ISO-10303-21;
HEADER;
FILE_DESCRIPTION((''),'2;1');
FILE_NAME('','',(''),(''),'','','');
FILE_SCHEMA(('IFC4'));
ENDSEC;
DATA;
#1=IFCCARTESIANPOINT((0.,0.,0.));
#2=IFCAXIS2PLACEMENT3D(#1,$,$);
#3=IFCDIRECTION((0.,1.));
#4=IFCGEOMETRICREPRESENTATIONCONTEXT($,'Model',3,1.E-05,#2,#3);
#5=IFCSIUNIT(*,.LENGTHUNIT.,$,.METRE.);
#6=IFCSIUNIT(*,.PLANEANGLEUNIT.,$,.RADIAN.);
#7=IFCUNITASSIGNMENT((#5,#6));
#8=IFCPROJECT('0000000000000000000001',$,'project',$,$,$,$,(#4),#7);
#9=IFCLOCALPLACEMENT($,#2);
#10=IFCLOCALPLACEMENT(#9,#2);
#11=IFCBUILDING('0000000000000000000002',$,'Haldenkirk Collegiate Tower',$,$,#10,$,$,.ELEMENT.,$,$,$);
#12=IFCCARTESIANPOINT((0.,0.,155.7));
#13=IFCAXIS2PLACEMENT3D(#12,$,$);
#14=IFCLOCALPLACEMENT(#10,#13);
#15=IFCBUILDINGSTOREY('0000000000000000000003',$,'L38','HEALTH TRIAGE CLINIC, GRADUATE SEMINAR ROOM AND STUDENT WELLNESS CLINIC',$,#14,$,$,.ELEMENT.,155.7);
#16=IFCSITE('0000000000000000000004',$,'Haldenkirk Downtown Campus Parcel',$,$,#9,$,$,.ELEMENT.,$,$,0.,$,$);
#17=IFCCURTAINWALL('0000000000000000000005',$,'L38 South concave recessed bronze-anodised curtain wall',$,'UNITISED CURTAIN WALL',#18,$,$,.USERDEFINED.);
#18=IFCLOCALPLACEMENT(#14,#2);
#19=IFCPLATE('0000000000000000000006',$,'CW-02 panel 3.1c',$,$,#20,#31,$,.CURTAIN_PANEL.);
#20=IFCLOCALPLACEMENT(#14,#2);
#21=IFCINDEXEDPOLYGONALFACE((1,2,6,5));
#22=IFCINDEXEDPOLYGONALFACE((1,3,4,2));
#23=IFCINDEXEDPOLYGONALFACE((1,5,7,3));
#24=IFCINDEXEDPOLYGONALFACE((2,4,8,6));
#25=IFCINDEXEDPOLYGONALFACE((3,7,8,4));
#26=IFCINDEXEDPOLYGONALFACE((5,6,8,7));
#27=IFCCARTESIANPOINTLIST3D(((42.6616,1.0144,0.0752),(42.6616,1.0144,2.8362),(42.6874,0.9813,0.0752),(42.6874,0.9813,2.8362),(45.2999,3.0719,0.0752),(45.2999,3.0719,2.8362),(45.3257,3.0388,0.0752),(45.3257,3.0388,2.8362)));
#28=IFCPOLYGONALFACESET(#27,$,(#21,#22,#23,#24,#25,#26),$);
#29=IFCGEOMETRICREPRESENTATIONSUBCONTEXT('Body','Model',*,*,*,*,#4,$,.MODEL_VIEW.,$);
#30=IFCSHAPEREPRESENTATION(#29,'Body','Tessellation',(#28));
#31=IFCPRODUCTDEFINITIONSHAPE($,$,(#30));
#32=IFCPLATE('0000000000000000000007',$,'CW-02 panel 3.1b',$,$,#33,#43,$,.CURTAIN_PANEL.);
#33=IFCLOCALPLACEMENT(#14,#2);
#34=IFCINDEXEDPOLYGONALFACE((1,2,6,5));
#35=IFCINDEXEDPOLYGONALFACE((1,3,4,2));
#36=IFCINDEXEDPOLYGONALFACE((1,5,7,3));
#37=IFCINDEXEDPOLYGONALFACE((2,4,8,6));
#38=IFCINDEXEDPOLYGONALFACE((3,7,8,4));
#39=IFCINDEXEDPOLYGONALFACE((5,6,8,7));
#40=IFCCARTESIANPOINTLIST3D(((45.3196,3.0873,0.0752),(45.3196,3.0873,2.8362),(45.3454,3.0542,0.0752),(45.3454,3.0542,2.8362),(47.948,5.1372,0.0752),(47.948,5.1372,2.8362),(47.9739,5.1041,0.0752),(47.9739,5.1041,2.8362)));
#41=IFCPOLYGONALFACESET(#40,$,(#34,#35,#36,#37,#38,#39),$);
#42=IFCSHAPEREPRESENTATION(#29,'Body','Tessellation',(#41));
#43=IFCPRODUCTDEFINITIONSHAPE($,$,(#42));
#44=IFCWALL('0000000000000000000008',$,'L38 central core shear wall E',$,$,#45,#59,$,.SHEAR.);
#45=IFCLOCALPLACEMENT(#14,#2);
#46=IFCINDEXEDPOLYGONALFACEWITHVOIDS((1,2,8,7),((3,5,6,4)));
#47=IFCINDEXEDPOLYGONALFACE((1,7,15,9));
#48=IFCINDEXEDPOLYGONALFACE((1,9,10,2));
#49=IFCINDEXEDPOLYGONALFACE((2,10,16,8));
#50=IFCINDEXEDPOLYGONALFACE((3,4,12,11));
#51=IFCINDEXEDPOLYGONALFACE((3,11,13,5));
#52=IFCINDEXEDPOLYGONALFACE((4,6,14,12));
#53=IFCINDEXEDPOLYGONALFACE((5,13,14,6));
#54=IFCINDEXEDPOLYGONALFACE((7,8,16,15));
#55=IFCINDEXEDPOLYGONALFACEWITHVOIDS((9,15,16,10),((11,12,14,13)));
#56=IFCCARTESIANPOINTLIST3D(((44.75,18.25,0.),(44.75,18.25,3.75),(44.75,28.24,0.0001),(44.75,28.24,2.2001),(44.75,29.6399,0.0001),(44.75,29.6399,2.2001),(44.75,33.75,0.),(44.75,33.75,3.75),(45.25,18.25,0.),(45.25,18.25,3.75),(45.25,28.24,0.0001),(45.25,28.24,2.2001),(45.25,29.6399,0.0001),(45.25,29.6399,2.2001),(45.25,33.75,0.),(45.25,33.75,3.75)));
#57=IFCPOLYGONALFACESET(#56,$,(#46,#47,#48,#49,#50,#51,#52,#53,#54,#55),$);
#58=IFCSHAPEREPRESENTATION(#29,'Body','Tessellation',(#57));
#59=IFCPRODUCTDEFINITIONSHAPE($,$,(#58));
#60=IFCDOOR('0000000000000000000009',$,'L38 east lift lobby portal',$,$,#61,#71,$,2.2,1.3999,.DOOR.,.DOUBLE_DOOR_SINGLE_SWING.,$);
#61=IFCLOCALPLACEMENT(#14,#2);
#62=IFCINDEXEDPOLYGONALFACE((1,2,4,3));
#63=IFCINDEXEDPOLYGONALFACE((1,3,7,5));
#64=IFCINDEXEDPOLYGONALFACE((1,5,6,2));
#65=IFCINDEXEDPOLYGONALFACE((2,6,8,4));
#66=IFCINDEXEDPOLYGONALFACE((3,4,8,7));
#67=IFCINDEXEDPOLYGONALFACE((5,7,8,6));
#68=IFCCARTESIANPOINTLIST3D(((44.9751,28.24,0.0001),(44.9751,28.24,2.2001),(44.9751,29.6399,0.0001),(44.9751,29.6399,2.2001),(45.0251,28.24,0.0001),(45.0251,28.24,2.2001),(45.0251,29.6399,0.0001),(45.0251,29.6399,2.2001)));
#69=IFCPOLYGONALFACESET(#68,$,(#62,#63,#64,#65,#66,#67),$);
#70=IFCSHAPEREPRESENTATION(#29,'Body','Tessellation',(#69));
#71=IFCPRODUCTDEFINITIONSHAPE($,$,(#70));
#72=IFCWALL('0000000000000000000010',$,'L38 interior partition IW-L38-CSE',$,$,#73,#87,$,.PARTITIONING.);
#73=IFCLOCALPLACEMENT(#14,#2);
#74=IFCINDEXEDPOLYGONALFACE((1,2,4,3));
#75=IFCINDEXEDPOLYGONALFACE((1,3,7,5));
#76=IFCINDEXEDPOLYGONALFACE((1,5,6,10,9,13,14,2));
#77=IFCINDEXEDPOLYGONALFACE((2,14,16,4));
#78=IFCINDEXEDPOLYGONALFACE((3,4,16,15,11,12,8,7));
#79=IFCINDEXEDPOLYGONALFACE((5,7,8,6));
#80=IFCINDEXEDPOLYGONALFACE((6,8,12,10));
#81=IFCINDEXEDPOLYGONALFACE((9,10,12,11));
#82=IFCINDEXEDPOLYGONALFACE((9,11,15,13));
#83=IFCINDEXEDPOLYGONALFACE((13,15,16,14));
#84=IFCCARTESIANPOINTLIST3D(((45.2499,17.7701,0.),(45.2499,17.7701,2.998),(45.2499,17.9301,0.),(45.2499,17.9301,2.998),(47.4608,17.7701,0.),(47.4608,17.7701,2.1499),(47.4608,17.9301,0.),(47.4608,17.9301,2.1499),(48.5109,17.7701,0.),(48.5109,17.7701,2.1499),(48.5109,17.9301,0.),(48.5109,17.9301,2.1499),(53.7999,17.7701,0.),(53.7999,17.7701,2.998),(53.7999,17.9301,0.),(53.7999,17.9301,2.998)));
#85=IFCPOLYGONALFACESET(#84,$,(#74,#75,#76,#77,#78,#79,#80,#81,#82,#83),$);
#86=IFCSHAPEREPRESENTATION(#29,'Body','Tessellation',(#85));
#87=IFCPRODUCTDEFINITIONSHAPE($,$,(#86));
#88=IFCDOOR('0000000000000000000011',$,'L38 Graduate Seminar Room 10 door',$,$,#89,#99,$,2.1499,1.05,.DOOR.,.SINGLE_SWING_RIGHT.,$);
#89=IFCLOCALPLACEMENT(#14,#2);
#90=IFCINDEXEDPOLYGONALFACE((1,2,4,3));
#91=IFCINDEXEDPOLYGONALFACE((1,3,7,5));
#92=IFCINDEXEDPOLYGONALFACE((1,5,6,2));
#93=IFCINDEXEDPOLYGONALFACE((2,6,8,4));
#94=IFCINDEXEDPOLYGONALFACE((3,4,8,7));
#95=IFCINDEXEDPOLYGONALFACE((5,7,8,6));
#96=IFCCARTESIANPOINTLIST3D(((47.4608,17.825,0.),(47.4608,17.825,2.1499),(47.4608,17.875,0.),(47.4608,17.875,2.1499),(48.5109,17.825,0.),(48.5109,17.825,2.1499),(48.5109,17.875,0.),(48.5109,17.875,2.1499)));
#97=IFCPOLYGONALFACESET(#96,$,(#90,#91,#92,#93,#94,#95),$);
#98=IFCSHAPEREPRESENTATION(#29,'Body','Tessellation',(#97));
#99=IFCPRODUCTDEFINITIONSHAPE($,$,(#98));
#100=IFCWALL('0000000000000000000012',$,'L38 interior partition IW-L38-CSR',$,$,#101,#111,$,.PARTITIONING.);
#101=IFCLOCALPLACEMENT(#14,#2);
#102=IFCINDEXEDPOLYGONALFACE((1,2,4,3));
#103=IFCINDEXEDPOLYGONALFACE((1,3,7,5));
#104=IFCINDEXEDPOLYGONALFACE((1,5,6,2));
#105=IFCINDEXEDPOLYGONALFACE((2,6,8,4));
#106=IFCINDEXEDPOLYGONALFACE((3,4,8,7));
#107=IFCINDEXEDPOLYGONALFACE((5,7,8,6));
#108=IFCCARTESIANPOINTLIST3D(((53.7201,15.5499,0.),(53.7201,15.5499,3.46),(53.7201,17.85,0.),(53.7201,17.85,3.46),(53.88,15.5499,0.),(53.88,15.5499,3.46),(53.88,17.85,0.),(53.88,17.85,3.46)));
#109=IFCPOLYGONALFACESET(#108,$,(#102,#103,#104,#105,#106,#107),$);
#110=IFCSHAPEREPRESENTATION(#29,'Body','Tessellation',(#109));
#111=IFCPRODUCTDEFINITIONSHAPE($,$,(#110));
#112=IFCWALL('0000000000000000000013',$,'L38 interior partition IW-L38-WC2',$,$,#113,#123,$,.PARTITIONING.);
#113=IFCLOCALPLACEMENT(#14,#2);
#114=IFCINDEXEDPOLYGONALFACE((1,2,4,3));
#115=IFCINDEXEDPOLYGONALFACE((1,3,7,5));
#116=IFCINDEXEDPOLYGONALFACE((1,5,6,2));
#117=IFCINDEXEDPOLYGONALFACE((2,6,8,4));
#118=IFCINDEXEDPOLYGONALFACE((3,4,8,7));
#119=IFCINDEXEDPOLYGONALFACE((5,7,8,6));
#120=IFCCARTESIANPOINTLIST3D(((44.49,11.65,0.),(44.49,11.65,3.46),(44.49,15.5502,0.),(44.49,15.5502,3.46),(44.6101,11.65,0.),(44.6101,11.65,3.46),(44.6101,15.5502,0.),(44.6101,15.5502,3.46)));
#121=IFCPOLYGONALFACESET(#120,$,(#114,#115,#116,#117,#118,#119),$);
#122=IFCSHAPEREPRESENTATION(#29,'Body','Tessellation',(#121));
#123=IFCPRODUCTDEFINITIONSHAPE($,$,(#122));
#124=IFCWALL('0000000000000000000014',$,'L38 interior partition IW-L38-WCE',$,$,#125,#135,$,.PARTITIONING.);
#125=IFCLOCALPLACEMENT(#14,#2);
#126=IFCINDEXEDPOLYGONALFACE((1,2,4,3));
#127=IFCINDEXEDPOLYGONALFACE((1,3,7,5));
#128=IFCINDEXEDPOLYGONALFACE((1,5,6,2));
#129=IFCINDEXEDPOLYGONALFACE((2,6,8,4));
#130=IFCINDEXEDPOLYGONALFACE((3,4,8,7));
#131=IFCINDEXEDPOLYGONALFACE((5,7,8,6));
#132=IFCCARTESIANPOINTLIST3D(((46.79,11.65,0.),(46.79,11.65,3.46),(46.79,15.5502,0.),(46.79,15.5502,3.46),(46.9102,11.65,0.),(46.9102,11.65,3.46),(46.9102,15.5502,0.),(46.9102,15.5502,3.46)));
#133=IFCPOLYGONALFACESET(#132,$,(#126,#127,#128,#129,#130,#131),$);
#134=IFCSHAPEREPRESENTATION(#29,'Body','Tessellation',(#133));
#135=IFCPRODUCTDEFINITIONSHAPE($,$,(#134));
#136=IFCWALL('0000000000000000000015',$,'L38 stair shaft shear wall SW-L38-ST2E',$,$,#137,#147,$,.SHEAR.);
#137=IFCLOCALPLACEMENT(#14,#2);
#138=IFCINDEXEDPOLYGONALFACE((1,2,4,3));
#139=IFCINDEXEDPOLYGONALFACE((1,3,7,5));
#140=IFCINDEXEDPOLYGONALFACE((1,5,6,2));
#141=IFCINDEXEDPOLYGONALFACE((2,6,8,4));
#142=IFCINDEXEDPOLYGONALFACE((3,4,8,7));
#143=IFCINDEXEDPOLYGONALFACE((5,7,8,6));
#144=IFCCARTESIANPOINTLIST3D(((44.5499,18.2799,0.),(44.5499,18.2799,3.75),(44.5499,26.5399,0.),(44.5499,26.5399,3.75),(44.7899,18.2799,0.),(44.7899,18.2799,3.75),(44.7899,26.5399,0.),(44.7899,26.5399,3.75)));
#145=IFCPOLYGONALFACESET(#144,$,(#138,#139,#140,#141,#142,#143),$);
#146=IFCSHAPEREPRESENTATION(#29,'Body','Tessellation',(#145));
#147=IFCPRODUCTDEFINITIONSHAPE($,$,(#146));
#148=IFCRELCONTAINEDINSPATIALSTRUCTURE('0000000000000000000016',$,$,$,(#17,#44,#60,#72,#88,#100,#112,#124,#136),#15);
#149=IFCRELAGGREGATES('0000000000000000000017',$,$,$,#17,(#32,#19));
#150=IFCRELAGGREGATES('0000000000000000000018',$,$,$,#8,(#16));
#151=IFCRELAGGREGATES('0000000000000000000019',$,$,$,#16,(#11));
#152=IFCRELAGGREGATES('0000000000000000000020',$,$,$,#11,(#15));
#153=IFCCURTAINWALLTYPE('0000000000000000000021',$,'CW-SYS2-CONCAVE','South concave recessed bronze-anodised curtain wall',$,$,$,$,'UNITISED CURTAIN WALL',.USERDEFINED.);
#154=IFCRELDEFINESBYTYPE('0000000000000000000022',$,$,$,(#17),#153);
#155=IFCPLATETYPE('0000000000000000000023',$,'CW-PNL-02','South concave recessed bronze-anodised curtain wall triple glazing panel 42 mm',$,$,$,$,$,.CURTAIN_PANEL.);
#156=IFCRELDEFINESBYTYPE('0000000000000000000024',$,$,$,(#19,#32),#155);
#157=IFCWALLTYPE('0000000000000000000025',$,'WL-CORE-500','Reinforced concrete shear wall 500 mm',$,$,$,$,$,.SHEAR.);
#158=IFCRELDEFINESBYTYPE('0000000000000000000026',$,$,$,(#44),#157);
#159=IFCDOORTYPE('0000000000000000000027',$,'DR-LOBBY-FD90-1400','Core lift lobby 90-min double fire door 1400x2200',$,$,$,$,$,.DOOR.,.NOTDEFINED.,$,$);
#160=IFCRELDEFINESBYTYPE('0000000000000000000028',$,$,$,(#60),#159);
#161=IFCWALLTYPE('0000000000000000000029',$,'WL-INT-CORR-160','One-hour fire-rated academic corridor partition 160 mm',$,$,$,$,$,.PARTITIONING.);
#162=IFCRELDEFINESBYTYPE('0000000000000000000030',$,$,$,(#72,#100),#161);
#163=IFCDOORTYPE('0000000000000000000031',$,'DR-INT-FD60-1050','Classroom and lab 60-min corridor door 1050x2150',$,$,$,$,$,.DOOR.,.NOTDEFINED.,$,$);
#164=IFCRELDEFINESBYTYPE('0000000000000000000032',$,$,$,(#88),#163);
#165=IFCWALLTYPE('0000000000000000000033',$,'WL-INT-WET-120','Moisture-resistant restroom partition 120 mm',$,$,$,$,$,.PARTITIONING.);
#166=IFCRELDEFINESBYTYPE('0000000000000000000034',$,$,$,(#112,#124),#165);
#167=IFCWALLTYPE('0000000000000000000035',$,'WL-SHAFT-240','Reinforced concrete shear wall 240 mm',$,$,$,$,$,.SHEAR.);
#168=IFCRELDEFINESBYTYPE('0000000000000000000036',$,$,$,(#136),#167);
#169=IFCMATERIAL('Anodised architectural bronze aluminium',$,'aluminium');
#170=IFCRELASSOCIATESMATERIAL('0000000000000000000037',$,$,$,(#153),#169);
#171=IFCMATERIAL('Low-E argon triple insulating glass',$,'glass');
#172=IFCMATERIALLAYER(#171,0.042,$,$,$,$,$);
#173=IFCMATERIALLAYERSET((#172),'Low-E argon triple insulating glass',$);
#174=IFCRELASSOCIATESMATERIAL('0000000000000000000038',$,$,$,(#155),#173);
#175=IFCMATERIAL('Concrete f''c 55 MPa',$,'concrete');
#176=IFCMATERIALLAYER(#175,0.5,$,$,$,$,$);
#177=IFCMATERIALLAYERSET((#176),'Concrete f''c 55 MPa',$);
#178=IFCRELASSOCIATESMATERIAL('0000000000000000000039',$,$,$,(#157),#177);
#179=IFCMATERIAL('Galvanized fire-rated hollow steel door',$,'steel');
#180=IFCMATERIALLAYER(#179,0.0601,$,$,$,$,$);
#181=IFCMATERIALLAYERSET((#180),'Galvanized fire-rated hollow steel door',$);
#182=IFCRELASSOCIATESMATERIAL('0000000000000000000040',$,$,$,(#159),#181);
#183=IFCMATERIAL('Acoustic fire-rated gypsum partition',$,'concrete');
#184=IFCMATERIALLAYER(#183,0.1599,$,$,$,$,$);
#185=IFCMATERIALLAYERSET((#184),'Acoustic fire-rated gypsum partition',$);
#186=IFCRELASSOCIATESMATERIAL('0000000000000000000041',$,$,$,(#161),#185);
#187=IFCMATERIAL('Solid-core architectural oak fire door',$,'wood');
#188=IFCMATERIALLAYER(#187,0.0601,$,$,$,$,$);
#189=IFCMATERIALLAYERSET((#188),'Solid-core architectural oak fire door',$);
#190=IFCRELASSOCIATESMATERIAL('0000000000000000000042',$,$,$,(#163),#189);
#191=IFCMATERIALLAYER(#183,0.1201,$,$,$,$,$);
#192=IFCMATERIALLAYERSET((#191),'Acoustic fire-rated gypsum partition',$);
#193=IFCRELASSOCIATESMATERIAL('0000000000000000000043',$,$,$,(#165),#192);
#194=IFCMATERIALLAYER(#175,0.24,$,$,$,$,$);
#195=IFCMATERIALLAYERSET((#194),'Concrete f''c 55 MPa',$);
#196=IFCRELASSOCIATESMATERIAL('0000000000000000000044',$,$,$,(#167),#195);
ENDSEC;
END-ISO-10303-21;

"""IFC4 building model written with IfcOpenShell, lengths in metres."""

from ifc_helpers import new_model, si_unit, direction, frame, frame_2d, origin, origin_2d, place, context, subcontext, project, spatial, rectangle, extrude, source, transform, mapped, material, layer, layer_set, type_object, element, fill, aggregate, save


model = new_model("IFC4")

# Units and contexts
model_context = context("Model", 3, precision=1e-05, world=origin(), true_north=direction((0.0, 1.0)))
body_context = subcontext(model_context, "Body", "Model", "MODEL_VIEW")
ifc_project = project(units=[si_unit("LENGTHUNIT", "METRE"), si_unit("PLANEANGLEUNIT", "RADIAN")], contexts=[model_context])

# Site, building, storey
site_placement = place(None, origin())
site = spatial("IfcSite", under=ifc_project, at=site_placement, Name="Haldenkirk Downtown Campus Parcel", CompositionType="ELEMENT", RefElevation=0.0)
building_placement = place(site_placement, origin())
building = spatial("IfcBuilding", under=site, at=building_placement, Name="Haldenkirk Collegiate Tower", CompositionType="ELEMENT")
storey_placement = place(building_placement, frame((0.0, 0.0, 155.7)))
storey = spatial("IfcBuildingStorey", under=building, at=storey_placement, Name="L38", Description="HEALTH TRIAGE CLINIC, GRADUATE SEMINAR ROOM AND STUDENT WELLNESS CLINIC", CompositionType="ELEMENT", Elevation=155.7)

# Curtain wall
ifc_material_1 = material(Name="Anodised architectural bronze aluminium", Category="aluminium")
curtain_wall_type = type_object("IfcCurtainWallType", Name="CW-SYS2-CONCAVE", Description="South concave recessed bronze-anodised curtain wall", ElementType="UNITISED CURTAIN WALL", PredefinedType="USERDEFINED", material=ifc_material_1)
curtain_wall_placement = place(storey_placement, origin())
curtain_wall = element("IfcCurtainWall", 1, at=curtain_wall_placement, inside=storey, type_object=curtain_wall_type, Name="L38 South concave recessed bronze-anodised curtain wall", ObjectType="UNITISED CURTAIN WALL", PredefinedType="USERDEFINED")

# Plates
shared_shape_1 = source(origin(), body_context, "Body", "SweptSolid", [
    extrude(rectangle(XDim=3.3457, YDim=0.042, at=origin_2d()), origin(), (0.0, 0.0, 1.0), 2.761),
])
ifc_material_2 = material(Name="Low-E argon triple insulating glass", Category="glass")
ifc_layer_1 = layer(ifc_material_2, 0.042)
ifc_layer_set_1 = layer_set([ifc_layer_1], Name="Low-E argon triple insulating glass")
plate_type_1 = type_object("IfcPlateType", Name="CW-PNL-02", Description="South concave recessed bronze-anodised curtain wall triple glazing panel 42 mm", PredefinedType="CURTAIN_PANEL", material=ifc_layer_set_1)
plate_1_placement = place(storey_placement, frame((43.9937, 2.0266, 0.0752), z_axis=(0.0, 0.0, 1.0), x_axis=(-0.788548, -0.614974, 0.0)))
plate_1 = element("IfcPlate", 2, at=plate_1_placement, type_object=plate_type_1, Name="CW-02 panel 3.1c", PredefinedType="CURTAIN_PANEL", context=body_context, shape_type="MappedRepresentation", body=[
    mapped(shared_shape_1, transform((0.0, 0.0, 0.0), x_axis=(1.0, 0.0, 0.0), y_axis=(0.0, 1.0, 0.0), z_axis=(0.0, 0.0, 1.0), scale=1.0)),
])
shared_shape_2 = source(origin(), body_context, "Body", "SweptSolid", [
    extrude(rectangle(XDim=3.3333, YDim=0.042, at=origin_2d()), origin(), (0.0, 0.0, 1.0), 2.761),
])
plate_2_placement = place(storey_placement, frame((46.6467, 4.0957, 0.0752), z_axis=(0.0, 0.0, 1.0), x_axis=(-0.788548, -0.614974, 0.0)))
plate_2 = element("IfcPlate", 3, at=plate_2_placement, type_object=plate_type_1, Name="CW-02 panel 3.1b", PredefinedType="CURTAIN_PANEL", context=body_context, shape_type="MappedRepresentation", body=[
    mapped(shared_shape_2, transform((0.0, 0.0, 0.0), x_axis=(1.0, 0.0, 0.0), y_axis=(0.0, 1.0, 0.0), z_axis=(0.0, 0.0, 1.0), scale=1.0)),
])
aggregate(curtain_wall, [plate_2, plate_1])

# Walls, openings, doors
ifc_material_3 = material(Name="Concrete f'c 55 MPa", Category="concrete")
ifc_layer_2 = layer(ifc_material_3, 0.5)
ifc_layer_set_2 = layer_set([ifc_layer_2], Name="Concrete f'c 55 MPa")
wall_type_1 = type_object("IfcWallType", Name="WL-CORE-500", Description="Reinforced concrete shear wall 500 mm", PredefinedType="SHEAR", material=ifc_layer_set_2)
wall_1_placement = place(storey_placement, frame((45.0, 18.25, 0.0), z_axis=(0.0, 0.0, 1.0), x_axis=(0.0, 1.0, 0.0)))
wall_1 = element("IfcWall", 4, at=wall_1_placement, inside=storey, type_object=wall_type_1, Name="L38 central core shear wall E", PredefinedType="SHEAR", context=body_context, shape_type="SweptSolid", body=[
    extrude(rectangle(XDim=15.5, YDim=0.5, at=frame_2d((7.75, 0.0))), origin(), (0.0, 0.0, 1.0), 3.75),
])
opening_1_placement = place(wall_1_placement, frame((9.99, 0.0, 0.0)))
opening_1 = element("IfcOpeningElement", 5, at=opening_1_placement, cuts=wall_1, PredefinedType="OPENING", context=body_context, shape_type="SweptSolid", body=[
    extrude(rectangle(XDim=1.3999, YDim=2.2, at=frame_2d((0.7, 1.1001))), frame((0.0, 0.26, 0.0), z_axis=(0.0, -1.0, 0.0), x_axis=(1.0, 0.0, 0.0)), (0.0, 0.0, 1.0), 0.52),
])
ifc_material_4 = material(Name="Galvanized fire-rated hollow steel door", Category="steel")
ifc_layer_3 = layer(ifc_material_4, 0.0601)
ifc_layer_set_3 = layer_set([ifc_layer_3], Name="Galvanized fire-rated hollow steel door")
door_type_1 = type_object("IfcDoorType", Name="DR-LOBBY-FD90-1400", Description="Core lift lobby 90-min double fire door 1400x2200", OperationType="NOTDEFINED", PredefinedType="DOOR", material=ifc_layer_set_3)
door_1_placement = place(opening_1_placement, origin())
door_1 = element("IfcDoor", 6, at=door_1_placement, inside=storey, type_object=door_type_1, Name="L38 east lift lobby portal", OperationType="DOUBLE_DOOR_SINGLE_SWING", OverallHeight=2.2, OverallWidth=1.3999, PredefinedType="DOOR", context=body_context, shape_type="SweptSolid", body=[
    extrude(rectangle(XDim=1.3999, YDim=2.2, at=frame_2d((0.7, 1.1001))), frame((0.0, 0.0249, 0.0), z_axis=(0.0, -1.0, 0.0), x_axis=(1.0, 0.0, 0.0)), (0.0, 0.0, 1.0), 0.05),
])
fill(opening_1, door_1)
ifc_material_5 = material(Name="Acoustic fire-rated gypsum partition", Category="concrete")
ifc_layer_4 = layer(ifc_material_5, 0.1599)
ifc_layer_set_4 = layer_set([ifc_layer_4], Name="Acoustic fire-rated gypsum partition")
wall_type_2 = type_object("IfcWallType", Name="WL-INT-CORR-160", Description="One-hour fire-rated academic corridor partition 160 mm", PredefinedType="PARTITIONING", material=ifc_layer_set_4)
wall_2_placement = place(storey_placement, frame((45.25, 17.8501, 0.0), z_axis=(0.0, 0.0, 1.0), x_axis=(1.0, 0.0, 0.0)))
wall_2 = element("IfcWall", 7, at=wall_2_placement, inside=storey, type_object=wall_type_2, Name="L38 interior partition IW-L38-CSE", PredefinedType="PARTITIONING", context=body_context, shape_type="SweptSolid", body=[
    extrude(rectangle(XDim=8.55, YDim=0.1599, at=frame_2d((4.2749, 0.0))), origin(), (0.0, 0.0, 1.0), 2.998),
])
opening_2_placement = place(wall_2_placement, frame((2.2109, 0.0, 0.0)))
opening_2 = element("IfcOpeningElement", 8, at=opening_2_placement, cuts=wall_2, PredefinedType="OPENING", context=body_context, shape_type="SweptSolid", body=[
    extrude(rectangle(XDim=1.05, YDim=2.1499, at=frame_2d((0.5249, 1.075))), frame((0.0, 0.0898, 0.0), z_axis=(0.0, -1.0, 0.0), x_axis=(1.0, 0.0, 0.0)), (0.0, 0.0, 1.0), 0.1799),
])
ifc_material_6 = material(Name="Solid-core architectural oak fire door", Category="wood")
ifc_layer_5 = layer(ifc_material_6, 0.0601)
ifc_layer_set_5 = layer_set([ifc_layer_5], Name="Solid-core architectural oak fire door")
door_type_2 = type_object("IfcDoorType", Name="DR-INT-FD60-1050", Description="Classroom and lab 60-min corridor door 1050x2150", OperationType="NOTDEFINED", PredefinedType="DOOR", material=ifc_layer_set_5)
door_2_placement = place(opening_2_placement, origin())
door_2 = element("IfcDoor", 9, at=door_2_placement, inside=storey, type_object=door_type_2, Name="L38 Graduate Seminar Room 10 door", OperationType="SINGLE_SWING_RIGHT", OverallHeight=2.1499, OverallWidth=1.05, PredefinedType="DOOR", context=body_context, shape_type="SweptSolid", body=[
    extrude(rectangle(XDim=1.05, YDim=2.1499, at=frame_2d((0.5249, 1.075))), frame((0.0, 0.0249, 0.0), z_axis=(0.0, -1.0, 0.0), x_axis=(1.0, 0.0, 0.0)), (0.0, 0.0, 1.0), 0.05),
])
fill(opening_2, door_2)

# Walls
wall_3_placement = place(storey_placement, frame((53.8, 15.55, 0.0), z_axis=(0.0, 0.0, 1.0), x_axis=(0.0, 1.0, 0.0)))
element("IfcWall", 10, at=wall_3_placement, inside=storey, type_object=wall_type_2, Name="L38 interior partition IW-L38-CSR", PredefinedType="PARTITIONING", context=body_context, shape_type="SweptSolid", body=[
    extrude(rectangle(XDim=2.3, YDim=0.1599, at=frame_2d((1.1499, 0.0))), origin(), (0.0, 0.0, 1.0), 3.46),
])
ifc_layer_6 = layer(ifc_material_5, 0.1201)
ifc_layer_set_6 = layer_set([ifc_layer_6], Name="Acoustic fire-rated gypsum partition")
wall_type_3 = type_object("IfcWallType", Name="WL-INT-WET-120", Description="Moisture-resistant restroom partition 120 mm", PredefinedType="PARTITIONING", material=ifc_layer_set_6)
for number, where, z_axis, x_axis, name in (
    (11, (44.55, 11.6499, 0.0), (0.0, 0.0, 1.0), (0.0, 1.0, 0.0), "L38 interior partition IW-L38-WC2"),
    (12, (46.8501, 11.6499, 0.0), (0.0, 0.0, 1.0), (0.0, 1.0, 0.0), "L38 interior partition IW-L38-WCE"),
):
    element("IfcWall", number, at=place(storey_placement, frame(where, z_axis=z_axis, x_axis=x_axis)), inside=storey, type_object=wall_type_3, Name=name, PredefinedType="PARTITIONING", context=body_context, shape_type="SweptSolid", body=[
        extrude(rectangle(XDim=3.9001, YDim=0.1201, at=frame_2d((1.9502, 0.0))), origin(), (0.0, 0.0, 1.0), 3.46),
    ])
ifc_layer_7 = layer(ifc_material_3, 0.24)
ifc_layer_set_7 = layer_set([ifc_layer_7], Name="Concrete f'c 55 MPa")
wall_type_4 = type_object("IfcWallType", Name="WL-SHAFT-240", Description="Reinforced concrete shear wall 240 mm", PredefinedType="SHEAR", material=ifc_layer_set_7)
wall_4_placement = place(storey_placement, frame((44.6699, 18.28, 0.0), z_axis=(0.0, 0.0, 1.0), x_axis=(0.0, 1.0, 0.0)))
element("IfcWall", 13, at=wall_4_placement, inside=storey, type_object=wall_type_4, Name="L38 stair shaft shear wall SW-L38-ST2E", PredefinedType="SHEAR", context=body_context, shape_type="SweptSolid", body=[
    extrude(rectangle(XDim=8.26, YDim=0.24, at=frame_2d((4.1299, 0.0))), origin(), (0.0, 0.0, 1.0), 3.75),
])

save(model, "model.ifc")
